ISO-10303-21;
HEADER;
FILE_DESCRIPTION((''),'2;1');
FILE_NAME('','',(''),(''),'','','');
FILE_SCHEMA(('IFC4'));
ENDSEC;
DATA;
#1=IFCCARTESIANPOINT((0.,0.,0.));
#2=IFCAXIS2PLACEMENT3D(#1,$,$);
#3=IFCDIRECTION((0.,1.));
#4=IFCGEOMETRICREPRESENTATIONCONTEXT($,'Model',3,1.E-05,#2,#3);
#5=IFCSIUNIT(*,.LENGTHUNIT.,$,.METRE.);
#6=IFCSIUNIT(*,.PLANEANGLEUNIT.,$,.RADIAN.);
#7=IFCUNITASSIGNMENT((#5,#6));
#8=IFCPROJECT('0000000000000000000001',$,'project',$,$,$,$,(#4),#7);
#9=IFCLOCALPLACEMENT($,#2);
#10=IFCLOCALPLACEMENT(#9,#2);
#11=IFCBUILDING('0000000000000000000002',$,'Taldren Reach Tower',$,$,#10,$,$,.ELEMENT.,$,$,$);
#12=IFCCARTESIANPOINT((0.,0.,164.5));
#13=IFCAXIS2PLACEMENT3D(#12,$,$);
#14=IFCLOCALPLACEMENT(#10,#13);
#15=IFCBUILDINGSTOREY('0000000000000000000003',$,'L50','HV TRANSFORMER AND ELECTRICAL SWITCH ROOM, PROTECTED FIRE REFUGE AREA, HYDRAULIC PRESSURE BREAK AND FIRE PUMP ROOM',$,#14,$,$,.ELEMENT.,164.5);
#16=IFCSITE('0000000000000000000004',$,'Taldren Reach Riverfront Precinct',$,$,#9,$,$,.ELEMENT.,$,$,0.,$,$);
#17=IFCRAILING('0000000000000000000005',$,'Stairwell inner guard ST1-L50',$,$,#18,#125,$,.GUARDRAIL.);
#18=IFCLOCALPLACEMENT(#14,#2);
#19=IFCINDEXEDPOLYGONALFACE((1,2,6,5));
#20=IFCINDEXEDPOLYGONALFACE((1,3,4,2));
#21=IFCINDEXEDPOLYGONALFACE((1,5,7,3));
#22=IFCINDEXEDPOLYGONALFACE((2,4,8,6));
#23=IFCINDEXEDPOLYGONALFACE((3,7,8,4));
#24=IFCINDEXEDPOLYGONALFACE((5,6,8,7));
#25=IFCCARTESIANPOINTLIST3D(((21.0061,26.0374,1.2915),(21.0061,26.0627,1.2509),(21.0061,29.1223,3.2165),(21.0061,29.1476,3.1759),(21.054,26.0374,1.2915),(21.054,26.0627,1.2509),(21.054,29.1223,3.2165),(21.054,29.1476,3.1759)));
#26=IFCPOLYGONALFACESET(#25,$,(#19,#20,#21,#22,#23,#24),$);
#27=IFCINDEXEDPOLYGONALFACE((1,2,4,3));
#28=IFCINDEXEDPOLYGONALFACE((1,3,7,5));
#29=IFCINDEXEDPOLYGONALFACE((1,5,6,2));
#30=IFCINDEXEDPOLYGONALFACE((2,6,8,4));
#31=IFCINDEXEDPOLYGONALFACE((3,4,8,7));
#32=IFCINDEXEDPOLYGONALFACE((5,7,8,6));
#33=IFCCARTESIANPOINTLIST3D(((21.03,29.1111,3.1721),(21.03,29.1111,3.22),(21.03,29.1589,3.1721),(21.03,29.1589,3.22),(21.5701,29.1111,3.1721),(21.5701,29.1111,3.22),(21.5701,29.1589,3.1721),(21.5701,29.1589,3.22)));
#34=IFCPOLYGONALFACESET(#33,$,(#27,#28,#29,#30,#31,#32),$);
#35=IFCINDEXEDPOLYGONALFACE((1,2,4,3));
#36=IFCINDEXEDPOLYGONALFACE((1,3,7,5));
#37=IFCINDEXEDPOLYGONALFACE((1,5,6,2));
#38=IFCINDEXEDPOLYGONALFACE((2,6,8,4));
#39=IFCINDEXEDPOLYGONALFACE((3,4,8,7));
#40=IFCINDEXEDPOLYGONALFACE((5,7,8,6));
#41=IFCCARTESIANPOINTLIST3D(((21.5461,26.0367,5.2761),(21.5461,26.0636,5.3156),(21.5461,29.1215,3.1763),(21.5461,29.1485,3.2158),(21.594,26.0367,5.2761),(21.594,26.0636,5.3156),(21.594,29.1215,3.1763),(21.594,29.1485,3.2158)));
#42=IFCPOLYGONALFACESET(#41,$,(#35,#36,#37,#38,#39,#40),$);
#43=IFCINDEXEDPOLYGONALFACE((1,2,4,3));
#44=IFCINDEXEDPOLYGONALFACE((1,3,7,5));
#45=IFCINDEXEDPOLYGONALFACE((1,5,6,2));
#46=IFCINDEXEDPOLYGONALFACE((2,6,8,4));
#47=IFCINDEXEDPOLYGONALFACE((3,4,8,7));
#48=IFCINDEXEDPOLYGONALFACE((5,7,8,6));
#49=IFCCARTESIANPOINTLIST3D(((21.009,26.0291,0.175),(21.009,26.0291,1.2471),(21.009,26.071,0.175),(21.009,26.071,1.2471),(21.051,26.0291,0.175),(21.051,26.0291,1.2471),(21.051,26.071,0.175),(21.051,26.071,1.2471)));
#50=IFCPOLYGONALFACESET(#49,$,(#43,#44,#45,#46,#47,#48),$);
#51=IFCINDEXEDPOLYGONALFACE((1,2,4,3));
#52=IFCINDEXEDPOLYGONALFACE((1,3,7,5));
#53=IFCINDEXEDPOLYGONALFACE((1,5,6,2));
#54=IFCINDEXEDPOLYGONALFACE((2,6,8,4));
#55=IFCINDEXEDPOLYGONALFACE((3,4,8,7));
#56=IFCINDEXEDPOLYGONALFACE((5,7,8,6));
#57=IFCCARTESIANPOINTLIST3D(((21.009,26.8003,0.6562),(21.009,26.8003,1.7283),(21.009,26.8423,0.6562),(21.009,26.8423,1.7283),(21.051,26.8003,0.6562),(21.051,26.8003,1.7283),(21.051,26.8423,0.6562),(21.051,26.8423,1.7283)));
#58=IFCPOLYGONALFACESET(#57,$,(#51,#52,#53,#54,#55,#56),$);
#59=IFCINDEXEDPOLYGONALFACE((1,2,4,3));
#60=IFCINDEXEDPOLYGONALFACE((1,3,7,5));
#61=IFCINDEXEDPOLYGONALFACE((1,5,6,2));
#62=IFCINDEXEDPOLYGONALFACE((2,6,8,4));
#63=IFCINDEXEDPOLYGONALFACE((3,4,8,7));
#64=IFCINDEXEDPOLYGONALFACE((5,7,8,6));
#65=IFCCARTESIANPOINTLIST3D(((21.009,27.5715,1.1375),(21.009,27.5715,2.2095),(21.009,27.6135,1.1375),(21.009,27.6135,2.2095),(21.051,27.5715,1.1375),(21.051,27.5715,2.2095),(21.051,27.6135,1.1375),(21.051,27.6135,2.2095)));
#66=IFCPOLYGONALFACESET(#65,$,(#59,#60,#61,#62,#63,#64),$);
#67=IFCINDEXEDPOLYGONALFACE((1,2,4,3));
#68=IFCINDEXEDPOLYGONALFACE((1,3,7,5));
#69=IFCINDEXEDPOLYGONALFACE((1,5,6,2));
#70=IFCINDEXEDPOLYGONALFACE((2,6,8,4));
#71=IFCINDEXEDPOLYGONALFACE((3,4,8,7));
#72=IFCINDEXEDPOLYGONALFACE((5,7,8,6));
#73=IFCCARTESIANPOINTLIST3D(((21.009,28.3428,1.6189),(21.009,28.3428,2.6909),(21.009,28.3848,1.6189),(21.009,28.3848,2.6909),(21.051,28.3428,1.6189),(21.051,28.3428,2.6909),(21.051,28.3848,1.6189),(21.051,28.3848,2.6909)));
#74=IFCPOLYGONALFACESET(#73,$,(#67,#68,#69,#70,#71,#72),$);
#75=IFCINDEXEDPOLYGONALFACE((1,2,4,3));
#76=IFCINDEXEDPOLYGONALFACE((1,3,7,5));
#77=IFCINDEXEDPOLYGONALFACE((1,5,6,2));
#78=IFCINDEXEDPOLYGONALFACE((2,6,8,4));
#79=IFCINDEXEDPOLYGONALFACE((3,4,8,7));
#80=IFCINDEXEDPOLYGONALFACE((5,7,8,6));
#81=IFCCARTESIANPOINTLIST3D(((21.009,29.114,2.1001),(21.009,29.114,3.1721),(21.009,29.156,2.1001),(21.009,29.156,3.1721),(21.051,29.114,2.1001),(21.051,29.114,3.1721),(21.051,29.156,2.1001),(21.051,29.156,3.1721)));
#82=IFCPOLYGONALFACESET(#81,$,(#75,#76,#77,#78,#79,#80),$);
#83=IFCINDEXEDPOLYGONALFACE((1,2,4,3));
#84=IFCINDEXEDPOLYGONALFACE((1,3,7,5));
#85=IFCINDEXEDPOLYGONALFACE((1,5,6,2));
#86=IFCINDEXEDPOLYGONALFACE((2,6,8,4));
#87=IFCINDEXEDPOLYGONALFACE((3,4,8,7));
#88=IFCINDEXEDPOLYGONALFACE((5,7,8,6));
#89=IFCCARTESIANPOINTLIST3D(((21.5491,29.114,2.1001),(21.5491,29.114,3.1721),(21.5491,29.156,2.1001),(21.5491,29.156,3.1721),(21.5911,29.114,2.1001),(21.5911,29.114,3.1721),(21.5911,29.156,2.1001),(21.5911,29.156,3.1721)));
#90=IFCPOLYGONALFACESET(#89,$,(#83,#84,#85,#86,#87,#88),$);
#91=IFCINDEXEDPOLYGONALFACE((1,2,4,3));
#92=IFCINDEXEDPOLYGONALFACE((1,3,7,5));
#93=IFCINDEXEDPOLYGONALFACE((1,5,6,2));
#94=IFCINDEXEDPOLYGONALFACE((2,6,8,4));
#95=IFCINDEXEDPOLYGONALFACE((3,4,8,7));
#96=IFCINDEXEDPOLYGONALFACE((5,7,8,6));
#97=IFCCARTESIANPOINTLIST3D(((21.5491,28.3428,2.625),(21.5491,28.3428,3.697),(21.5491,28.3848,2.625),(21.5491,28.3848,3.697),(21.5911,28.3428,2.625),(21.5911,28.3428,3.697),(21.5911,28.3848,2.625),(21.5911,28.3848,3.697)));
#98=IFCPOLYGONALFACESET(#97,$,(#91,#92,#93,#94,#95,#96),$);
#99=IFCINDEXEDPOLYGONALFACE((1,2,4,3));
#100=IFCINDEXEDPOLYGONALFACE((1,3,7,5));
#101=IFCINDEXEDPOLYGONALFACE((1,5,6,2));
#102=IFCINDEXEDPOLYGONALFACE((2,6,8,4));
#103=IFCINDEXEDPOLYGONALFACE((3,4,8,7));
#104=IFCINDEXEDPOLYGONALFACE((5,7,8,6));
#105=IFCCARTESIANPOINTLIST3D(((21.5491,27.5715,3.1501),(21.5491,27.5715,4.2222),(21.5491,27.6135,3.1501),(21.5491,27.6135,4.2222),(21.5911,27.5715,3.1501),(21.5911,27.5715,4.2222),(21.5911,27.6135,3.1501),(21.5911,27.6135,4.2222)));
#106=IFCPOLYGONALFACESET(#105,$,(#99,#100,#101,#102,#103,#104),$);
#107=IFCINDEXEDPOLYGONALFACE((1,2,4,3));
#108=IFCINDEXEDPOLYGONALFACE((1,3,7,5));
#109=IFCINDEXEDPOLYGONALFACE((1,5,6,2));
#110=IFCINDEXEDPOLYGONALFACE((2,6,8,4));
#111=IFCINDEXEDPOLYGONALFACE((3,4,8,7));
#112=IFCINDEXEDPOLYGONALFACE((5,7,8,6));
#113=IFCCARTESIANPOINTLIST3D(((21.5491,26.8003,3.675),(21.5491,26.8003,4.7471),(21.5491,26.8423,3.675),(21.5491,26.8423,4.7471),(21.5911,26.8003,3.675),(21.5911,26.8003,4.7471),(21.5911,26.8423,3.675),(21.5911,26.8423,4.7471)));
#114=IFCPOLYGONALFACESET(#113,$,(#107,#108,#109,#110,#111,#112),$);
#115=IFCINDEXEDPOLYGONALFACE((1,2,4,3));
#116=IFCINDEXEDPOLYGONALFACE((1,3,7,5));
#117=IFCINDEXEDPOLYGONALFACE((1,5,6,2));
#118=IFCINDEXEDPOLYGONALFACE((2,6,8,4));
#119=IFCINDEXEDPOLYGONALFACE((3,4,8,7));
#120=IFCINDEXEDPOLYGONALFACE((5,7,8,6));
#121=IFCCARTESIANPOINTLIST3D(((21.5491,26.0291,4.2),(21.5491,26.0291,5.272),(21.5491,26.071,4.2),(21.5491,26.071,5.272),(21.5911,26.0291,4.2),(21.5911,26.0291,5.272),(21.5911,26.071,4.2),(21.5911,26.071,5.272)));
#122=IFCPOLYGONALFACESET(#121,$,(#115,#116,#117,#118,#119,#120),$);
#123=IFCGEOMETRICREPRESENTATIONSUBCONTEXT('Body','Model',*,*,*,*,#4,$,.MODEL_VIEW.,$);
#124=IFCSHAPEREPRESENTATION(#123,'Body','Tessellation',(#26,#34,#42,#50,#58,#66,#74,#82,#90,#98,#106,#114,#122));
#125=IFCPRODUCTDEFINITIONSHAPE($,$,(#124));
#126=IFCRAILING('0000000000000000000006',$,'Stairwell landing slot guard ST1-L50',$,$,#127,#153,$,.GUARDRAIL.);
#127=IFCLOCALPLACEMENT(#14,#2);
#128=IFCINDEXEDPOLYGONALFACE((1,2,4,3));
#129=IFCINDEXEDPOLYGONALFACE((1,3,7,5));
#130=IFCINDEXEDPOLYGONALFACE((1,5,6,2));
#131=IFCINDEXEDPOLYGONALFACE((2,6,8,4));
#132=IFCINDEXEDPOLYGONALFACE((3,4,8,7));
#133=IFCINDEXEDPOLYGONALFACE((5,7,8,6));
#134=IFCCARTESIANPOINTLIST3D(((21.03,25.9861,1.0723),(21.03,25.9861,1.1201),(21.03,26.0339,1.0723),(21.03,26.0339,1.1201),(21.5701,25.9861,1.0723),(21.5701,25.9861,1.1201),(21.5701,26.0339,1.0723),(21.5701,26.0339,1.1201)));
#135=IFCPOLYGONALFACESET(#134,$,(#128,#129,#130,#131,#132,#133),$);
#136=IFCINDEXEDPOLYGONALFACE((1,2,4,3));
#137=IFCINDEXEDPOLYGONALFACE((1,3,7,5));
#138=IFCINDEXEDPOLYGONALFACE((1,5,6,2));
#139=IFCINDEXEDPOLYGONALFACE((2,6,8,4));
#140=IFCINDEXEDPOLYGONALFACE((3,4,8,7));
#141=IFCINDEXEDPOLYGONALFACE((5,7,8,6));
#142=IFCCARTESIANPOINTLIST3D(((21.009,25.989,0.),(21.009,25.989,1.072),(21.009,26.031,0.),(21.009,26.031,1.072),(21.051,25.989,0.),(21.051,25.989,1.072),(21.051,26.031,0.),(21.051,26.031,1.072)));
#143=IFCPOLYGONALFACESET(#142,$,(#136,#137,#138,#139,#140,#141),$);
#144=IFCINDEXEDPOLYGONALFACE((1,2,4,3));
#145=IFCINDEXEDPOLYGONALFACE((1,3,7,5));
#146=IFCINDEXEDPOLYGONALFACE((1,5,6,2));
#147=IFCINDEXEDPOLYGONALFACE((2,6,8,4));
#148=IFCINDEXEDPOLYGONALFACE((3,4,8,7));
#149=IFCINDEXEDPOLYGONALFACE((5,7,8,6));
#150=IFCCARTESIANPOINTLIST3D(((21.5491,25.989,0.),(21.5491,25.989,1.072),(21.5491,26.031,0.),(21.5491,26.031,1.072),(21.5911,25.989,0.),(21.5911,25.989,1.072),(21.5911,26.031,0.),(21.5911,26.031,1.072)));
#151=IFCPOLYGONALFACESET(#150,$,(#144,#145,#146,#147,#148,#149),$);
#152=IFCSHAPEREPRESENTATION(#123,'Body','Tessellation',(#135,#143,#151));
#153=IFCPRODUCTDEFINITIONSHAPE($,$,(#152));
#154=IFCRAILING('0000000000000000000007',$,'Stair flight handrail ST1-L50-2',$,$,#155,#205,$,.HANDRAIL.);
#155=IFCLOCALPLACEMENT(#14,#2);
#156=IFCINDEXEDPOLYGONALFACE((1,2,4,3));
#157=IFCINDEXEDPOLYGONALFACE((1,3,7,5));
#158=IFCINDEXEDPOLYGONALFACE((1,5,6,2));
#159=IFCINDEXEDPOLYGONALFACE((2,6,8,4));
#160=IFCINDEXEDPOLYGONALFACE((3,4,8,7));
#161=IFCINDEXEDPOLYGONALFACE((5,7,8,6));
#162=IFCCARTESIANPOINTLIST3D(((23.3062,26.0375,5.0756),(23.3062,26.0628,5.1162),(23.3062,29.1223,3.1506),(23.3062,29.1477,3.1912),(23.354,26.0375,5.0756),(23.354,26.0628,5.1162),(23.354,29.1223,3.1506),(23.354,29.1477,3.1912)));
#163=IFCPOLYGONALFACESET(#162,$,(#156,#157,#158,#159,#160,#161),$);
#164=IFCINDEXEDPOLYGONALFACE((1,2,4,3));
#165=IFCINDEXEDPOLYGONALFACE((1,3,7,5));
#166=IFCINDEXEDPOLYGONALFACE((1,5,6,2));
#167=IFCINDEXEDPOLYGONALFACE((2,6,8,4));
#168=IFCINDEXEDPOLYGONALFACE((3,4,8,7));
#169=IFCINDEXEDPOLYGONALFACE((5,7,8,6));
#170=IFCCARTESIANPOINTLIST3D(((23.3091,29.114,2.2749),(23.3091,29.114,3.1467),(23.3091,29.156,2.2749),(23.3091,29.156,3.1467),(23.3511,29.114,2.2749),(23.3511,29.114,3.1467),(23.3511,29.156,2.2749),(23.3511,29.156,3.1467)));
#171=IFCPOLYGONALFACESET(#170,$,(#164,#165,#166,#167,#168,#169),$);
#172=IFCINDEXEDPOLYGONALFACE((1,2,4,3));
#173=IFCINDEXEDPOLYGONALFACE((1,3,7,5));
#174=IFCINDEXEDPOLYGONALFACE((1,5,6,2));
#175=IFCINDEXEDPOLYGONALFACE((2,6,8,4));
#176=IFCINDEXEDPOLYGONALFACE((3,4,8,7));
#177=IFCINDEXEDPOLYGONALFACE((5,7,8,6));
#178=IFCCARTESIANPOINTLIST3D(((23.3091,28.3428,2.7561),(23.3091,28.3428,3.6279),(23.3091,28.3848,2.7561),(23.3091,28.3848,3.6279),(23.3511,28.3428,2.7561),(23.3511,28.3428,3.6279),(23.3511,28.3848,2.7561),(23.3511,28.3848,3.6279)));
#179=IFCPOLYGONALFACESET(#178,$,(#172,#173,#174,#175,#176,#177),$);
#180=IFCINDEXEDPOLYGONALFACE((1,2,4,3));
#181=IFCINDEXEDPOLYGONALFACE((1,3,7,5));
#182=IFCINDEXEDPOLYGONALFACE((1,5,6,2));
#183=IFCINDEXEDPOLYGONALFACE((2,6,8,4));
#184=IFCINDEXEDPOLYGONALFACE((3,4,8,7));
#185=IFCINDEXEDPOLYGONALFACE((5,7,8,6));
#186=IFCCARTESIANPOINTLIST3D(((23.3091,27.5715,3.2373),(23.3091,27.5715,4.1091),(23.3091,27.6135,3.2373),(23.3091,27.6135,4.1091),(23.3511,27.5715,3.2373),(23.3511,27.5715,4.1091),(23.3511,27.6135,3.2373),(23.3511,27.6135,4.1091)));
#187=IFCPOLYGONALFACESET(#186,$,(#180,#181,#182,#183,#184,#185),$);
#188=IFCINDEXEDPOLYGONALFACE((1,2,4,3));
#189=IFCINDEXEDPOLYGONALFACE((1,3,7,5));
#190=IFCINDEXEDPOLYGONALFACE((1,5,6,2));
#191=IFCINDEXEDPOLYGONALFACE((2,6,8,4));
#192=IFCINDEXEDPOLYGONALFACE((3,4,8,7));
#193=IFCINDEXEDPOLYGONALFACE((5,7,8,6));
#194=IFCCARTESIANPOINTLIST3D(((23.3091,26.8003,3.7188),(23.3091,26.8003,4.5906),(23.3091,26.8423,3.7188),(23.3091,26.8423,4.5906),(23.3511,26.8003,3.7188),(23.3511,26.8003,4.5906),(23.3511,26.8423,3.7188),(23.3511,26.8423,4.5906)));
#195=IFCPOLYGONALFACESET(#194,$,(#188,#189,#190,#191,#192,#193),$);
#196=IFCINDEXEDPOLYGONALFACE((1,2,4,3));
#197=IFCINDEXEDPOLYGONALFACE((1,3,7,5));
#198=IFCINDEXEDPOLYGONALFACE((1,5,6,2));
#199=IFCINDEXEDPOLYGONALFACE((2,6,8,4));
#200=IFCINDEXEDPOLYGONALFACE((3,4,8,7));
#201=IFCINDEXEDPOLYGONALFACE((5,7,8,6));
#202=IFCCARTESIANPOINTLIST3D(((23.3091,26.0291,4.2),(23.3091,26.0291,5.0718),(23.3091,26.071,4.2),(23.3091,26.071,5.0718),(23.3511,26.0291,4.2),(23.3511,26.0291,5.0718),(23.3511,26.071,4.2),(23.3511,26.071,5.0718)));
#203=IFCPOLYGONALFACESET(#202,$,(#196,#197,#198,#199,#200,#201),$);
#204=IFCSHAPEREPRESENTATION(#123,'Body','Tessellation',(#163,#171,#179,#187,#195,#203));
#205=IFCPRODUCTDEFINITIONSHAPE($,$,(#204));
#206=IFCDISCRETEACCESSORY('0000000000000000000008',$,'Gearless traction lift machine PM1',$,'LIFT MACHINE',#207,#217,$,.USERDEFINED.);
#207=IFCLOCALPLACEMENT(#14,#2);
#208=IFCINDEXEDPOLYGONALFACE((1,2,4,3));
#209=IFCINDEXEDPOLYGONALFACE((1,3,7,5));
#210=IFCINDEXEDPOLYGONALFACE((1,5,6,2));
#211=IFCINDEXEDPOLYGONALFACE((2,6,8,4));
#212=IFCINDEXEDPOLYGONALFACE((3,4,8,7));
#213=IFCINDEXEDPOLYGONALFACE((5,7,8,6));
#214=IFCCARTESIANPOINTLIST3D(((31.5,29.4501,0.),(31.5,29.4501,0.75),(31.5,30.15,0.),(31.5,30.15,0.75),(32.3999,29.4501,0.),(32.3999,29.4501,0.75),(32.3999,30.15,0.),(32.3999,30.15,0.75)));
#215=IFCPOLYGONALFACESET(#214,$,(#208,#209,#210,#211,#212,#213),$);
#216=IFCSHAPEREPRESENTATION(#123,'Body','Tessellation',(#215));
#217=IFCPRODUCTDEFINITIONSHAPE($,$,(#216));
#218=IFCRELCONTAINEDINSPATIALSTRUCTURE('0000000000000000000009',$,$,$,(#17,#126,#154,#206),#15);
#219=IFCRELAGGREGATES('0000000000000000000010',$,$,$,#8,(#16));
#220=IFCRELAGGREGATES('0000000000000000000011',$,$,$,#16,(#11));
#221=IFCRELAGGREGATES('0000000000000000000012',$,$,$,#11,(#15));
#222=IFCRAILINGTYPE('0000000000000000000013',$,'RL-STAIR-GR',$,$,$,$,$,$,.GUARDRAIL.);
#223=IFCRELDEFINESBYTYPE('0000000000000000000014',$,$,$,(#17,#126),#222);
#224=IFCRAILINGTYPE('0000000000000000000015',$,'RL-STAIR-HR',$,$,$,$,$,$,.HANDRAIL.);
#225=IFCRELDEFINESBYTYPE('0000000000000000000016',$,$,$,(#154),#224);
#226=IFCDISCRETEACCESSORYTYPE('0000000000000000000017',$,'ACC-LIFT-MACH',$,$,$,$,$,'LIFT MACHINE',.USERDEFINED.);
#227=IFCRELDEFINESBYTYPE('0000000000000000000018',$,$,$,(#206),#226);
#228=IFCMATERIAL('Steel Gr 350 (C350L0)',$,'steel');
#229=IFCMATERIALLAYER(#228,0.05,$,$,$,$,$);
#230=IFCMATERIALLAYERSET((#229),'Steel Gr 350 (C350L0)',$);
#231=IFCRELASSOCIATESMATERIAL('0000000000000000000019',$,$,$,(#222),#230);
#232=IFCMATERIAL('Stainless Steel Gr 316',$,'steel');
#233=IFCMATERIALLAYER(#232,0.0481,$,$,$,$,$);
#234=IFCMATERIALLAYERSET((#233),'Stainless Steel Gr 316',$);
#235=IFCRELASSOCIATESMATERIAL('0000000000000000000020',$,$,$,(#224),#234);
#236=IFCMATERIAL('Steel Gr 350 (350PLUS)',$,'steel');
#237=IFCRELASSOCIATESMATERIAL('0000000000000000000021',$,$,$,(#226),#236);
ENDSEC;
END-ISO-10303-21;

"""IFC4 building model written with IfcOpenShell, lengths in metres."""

from ifc_helpers import new_model, si_unit, direction, frame, origin, origin_2d, place, context, subcontext, project, spatial, rectangle, extrude, source, transform, mapped, material, layer, layer_set, type_object, element, save


model = new_model("IFC4")

# Units and contexts
model_context = context("Model", 3, precision=1e-05, world=origin(), true_north=direction((0.0, 1.0)))
body_context = subcontext(model_context, "Body", "Model", "MODEL_VIEW")
ifc_project = project(units=[si_unit("LENGTHUNIT", "METRE"), si_unit("PLANEANGLEUNIT", "RADIAN")], contexts=[model_context])

# Site, building, storey
site_placement = place(None, origin())
site = spatial("IfcSite", under=ifc_project, at=site_placement, Name="Taldren Reach Riverfront Precinct", CompositionType="ELEMENT", RefElevation=0.0)
building_placement = place(site_placement, origin())
building = spatial("IfcBuilding", under=site, at=building_placement, Name="Taldren Reach Tower", CompositionType="ELEMENT")
storey_placement = place(building_placement, frame((0.0, 0.0, 164.5)))
storey = spatial("IfcBuildingStorey", under=building, at=storey_placement, Name="L50", Description="HV TRANSFORMER AND ELECTRICAL SWITCH ROOM, PROTECTED FIRE REFUGE AREA, HYDRAULIC PRESSURE BREAK AND FIRE PUMP ROOM", CompositionType="ELEMENT", Elevation=164.5)

# Shared definitions
ifc_material_1 = material(Name="Steel Gr 350 (350PLUS)", Category="steel")

# Shared definitions
ifc_material_2 = material(Name="Steel Gr 350 (C350L0)", Category="steel")

# Railings
ifc_layer_1 = layer(ifc_material_2, 0.05)
ifc_layer_set_1 = layer_set([ifc_layer_1], Name="Steel Gr 350 (C350L0)")
railing_type_1 = type_object("IfcRailingType", Name="RL-STAIR-GR", PredefinedType="GUARDRAIL", material=ifc_layer_set_1)
railing_1_placement = place(storey_placement, frame((21.03, 26.05, 0.175)))
element("IfcRailing", 1, at=railing_1_placement, inside=storey, type_object=railing_type_1, Name="Stairwell inner guard ST1-L50", PredefinedType="GUARDRAIL", context=body_context, shape_type="SweptSolid", body=[
    extrude(rectangle(XDim=0.0479, YDim=0.0479, at=origin_2d()), frame((0.0, 0.0, 1.0962), z_axis=(0.0, 0.848375, 0.529395), x_axis=(-1.0, 0.0, 0.0)), (0.0, 0.0, 1.0), 3.6362),
    extrude(rectangle(XDim=0.0479, YDim=0.0479, at=origin_2d()), frame((0.0, 3.085, 3.021), z_axis=(1.0, 0.0, 0.0), x_axis=(0.0, 1.0, 0.0)), (0.0, 0.0, 1.0), 0.54),
    extrude(rectangle(XDim=0.0479, YDim=0.0479, at=origin_2d()), frame((0.54, 3.085, 3.021), z_axis=(0.0, -0.826667, 0.562691), x_axis=(1.0, 0.0, 0.0)), (0.0, 0.0, 1.0), 3.7317),
    extrude(rectangle(XDim=0.042, YDim=0.042, at=origin_2d()), origin(), (0.0, 0.0, 1.0), 1.072),
    extrude(rectangle(XDim=0.042, YDim=0.042, at=origin_2d()), frame((0.0, 0.7712, 0.4812)), (0.0, 0.0, 1.0), 1.072),
    extrude(rectangle(XDim=0.042, YDim=0.042, at=origin_2d()), frame((0.0, 1.5425, 0.9624)), (0.0, 0.0, 1.0), 1.072),
    extrude(rectangle(XDim=0.042, YDim=0.042, at=origin_2d()), frame((0.0, 2.3137, 1.4438)), (0.0, 0.0, 1.0), 1.072),
    extrude(rectangle(XDim=0.042, YDim=0.042, at=origin_2d()), frame((0.0, 3.085, 1.925)), (0.0, 0.0, 1.0), 1.072),
    extrude(rectangle(XDim=0.042, YDim=0.042, at=origin_2d()), frame((0.54, 3.085, 1.925)), (0.0, 0.0, 1.0), 1.072),
    extrude(rectangle(XDim=0.042, YDim=0.042, at=origin_2d()), frame((0.54, 2.3137, 2.45)), (0.0, 0.0, 1.0), 1.072),
    extrude(rectangle(XDim=0.042, YDim=0.042, at=origin_2d()), frame((0.54, 1.5425, 2.9751)), (0.0, 0.0, 1.0), 1.072),
    extrude(rectangle(XDim=0.042, YDim=0.042, at=origin_2d()), frame((0.54, 0.7712, 3.5)), (0.0, 0.0, 1.0), 1.072),
    extrude(rectangle(XDim=0.042, YDim=0.042, at=origin_2d()), frame((0.54, 0.0, 4.0249)), (0.0, 0.0, 1.0), 1.072),
])
railing_2_placement = place(storey_placement, frame((21.03, 26.01, 0.0)))
element("IfcRailing", 2, at=railing_2_placement, inside=storey, type_object=railing_type_1, Name="Stairwell landing slot guard ST1-L50", PredefinedType="GUARDRAIL", context=body_context, shape_type="SweptSolid", body=[
    extrude(rectangle(XDim=0.0479, YDim=0.0479, at=origin_2d()), frame((0.0, 0.0, 1.0962), z_axis=(1.0, 0.0, 0.0), x_axis=(0.0, 1.0, 0.0)), (0.0, 0.0, 1.0), 0.54),
    extrude(rectangle(XDim=0.042, YDim=0.042, at=origin_2d()), origin(), (0.0, 0.0, 1.0), 1.072),
    extrude(rectangle(XDim=0.042, YDim=0.042, at=origin_2d()), frame((0.54, 0.0, 0.0)), (0.0, 0.0, 1.0), 1.072),
])
ifc_material_3 = material(Name="Stainless Steel Gr 316", Category="steel")
ifc_layer_2 = layer(ifc_material_3, 0.0481)
ifc_layer_set_2 = layer_set([ifc_layer_2], Name="Stainless Steel Gr 316")
railing_type_2 = type_object("IfcRailingType", Name="RL-STAIR-HR", PredefinedType="HANDRAIL", material=ifc_layer_set_2)
railing_3_placement = place(storey_placement, frame((23.3301, 29.135, 2.2749)))
element("IfcRailing", 3, at=railing_3_placement, inside=storey, type_object=railing_type_2, Name="Stair flight handrail ST1-L50-2", PredefinedType="HANDRAIL", context=body_context, shape_type="SweptSolid", body=[
    extrude(rectangle(XDim=0.0479, YDim=0.0479, at=origin_2d()), frame((0.0, 0.0, 0.896), z_axis=(0.0, -0.848375, 0.529395), x_axis=(1.0, 0.0, 0.0)), (0.0, 0.0, 1.0), 3.6362),
    extrude(rectangle(XDim=0.042, YDim=0.042, at=origin_2d()), origin(), (0.0, 0.0, 1.0), 0.8718),
    extrude(rectangle(XDim=0.042, YDim=0.042, at=origin_2d()), frame((0.0, -0.7712, 0.4812)), (0.0, 0.0, 1.0), 0.8718),
    extrude(rectangle(XDim=0.042, YDim=0.042, at=origin_2d()), frame((0.0, -1.5425, 0.9624)), (0.0, 0.0, 1.0), 0.8718),
    extrude(rectangle(XDim=0.042, YDim=0.042, at=origin_2d()), frame((0.0, -2.3137, 1.4438)), (0.0, 0.0, 1.0), 0.8718),
    extrude(rectangle(XDim=0.042, YDim=0.042, at=origin_2d()), frame((0.0, -3.085, 1.925)), (0.0, 0.0, 1.0), 0.8718),
])

# Discrete accessory
discrete_accessory_type = type_object("IfcDiscreteAccessoryType", Name="ACC-LIFT-MACH", ElementType="LIFT MACHINE", PredefinedType="USERDEFINED", material=ifc_material_1)
shared_shape_1 = source(origin(), body_context, "Body", "SweptSolid", [
    extrude(rectangle(XDim=0.8999, YDim=0.7, at=origin_2d()), origin(), (0.0, 0.0, 1.0), 0.75),
])
discrete_accessory_placement = place(storey_placement, frame((31.95, 29.8, 0.0), z_axis=(0.0, 0.0, 1.0), x_axis=(1.0, 0.0, 0.0)))
element("IfcDiscreteAccessory", 4, at=discrete_accessory_placement, inside=storey, type_object=discrete_accessory_type, Name="Gearless traction lift machine PM1", ObjectType="LIFT MACHINE", PredefinedType="USERDEFINED", context=body_context, shape_type="MappedRepresentation", body=[
    mapped(shared_shape_1, transform((0.0, 0.0, 0.0), scale=1.0)),
])

save(model, "model.ifc")
